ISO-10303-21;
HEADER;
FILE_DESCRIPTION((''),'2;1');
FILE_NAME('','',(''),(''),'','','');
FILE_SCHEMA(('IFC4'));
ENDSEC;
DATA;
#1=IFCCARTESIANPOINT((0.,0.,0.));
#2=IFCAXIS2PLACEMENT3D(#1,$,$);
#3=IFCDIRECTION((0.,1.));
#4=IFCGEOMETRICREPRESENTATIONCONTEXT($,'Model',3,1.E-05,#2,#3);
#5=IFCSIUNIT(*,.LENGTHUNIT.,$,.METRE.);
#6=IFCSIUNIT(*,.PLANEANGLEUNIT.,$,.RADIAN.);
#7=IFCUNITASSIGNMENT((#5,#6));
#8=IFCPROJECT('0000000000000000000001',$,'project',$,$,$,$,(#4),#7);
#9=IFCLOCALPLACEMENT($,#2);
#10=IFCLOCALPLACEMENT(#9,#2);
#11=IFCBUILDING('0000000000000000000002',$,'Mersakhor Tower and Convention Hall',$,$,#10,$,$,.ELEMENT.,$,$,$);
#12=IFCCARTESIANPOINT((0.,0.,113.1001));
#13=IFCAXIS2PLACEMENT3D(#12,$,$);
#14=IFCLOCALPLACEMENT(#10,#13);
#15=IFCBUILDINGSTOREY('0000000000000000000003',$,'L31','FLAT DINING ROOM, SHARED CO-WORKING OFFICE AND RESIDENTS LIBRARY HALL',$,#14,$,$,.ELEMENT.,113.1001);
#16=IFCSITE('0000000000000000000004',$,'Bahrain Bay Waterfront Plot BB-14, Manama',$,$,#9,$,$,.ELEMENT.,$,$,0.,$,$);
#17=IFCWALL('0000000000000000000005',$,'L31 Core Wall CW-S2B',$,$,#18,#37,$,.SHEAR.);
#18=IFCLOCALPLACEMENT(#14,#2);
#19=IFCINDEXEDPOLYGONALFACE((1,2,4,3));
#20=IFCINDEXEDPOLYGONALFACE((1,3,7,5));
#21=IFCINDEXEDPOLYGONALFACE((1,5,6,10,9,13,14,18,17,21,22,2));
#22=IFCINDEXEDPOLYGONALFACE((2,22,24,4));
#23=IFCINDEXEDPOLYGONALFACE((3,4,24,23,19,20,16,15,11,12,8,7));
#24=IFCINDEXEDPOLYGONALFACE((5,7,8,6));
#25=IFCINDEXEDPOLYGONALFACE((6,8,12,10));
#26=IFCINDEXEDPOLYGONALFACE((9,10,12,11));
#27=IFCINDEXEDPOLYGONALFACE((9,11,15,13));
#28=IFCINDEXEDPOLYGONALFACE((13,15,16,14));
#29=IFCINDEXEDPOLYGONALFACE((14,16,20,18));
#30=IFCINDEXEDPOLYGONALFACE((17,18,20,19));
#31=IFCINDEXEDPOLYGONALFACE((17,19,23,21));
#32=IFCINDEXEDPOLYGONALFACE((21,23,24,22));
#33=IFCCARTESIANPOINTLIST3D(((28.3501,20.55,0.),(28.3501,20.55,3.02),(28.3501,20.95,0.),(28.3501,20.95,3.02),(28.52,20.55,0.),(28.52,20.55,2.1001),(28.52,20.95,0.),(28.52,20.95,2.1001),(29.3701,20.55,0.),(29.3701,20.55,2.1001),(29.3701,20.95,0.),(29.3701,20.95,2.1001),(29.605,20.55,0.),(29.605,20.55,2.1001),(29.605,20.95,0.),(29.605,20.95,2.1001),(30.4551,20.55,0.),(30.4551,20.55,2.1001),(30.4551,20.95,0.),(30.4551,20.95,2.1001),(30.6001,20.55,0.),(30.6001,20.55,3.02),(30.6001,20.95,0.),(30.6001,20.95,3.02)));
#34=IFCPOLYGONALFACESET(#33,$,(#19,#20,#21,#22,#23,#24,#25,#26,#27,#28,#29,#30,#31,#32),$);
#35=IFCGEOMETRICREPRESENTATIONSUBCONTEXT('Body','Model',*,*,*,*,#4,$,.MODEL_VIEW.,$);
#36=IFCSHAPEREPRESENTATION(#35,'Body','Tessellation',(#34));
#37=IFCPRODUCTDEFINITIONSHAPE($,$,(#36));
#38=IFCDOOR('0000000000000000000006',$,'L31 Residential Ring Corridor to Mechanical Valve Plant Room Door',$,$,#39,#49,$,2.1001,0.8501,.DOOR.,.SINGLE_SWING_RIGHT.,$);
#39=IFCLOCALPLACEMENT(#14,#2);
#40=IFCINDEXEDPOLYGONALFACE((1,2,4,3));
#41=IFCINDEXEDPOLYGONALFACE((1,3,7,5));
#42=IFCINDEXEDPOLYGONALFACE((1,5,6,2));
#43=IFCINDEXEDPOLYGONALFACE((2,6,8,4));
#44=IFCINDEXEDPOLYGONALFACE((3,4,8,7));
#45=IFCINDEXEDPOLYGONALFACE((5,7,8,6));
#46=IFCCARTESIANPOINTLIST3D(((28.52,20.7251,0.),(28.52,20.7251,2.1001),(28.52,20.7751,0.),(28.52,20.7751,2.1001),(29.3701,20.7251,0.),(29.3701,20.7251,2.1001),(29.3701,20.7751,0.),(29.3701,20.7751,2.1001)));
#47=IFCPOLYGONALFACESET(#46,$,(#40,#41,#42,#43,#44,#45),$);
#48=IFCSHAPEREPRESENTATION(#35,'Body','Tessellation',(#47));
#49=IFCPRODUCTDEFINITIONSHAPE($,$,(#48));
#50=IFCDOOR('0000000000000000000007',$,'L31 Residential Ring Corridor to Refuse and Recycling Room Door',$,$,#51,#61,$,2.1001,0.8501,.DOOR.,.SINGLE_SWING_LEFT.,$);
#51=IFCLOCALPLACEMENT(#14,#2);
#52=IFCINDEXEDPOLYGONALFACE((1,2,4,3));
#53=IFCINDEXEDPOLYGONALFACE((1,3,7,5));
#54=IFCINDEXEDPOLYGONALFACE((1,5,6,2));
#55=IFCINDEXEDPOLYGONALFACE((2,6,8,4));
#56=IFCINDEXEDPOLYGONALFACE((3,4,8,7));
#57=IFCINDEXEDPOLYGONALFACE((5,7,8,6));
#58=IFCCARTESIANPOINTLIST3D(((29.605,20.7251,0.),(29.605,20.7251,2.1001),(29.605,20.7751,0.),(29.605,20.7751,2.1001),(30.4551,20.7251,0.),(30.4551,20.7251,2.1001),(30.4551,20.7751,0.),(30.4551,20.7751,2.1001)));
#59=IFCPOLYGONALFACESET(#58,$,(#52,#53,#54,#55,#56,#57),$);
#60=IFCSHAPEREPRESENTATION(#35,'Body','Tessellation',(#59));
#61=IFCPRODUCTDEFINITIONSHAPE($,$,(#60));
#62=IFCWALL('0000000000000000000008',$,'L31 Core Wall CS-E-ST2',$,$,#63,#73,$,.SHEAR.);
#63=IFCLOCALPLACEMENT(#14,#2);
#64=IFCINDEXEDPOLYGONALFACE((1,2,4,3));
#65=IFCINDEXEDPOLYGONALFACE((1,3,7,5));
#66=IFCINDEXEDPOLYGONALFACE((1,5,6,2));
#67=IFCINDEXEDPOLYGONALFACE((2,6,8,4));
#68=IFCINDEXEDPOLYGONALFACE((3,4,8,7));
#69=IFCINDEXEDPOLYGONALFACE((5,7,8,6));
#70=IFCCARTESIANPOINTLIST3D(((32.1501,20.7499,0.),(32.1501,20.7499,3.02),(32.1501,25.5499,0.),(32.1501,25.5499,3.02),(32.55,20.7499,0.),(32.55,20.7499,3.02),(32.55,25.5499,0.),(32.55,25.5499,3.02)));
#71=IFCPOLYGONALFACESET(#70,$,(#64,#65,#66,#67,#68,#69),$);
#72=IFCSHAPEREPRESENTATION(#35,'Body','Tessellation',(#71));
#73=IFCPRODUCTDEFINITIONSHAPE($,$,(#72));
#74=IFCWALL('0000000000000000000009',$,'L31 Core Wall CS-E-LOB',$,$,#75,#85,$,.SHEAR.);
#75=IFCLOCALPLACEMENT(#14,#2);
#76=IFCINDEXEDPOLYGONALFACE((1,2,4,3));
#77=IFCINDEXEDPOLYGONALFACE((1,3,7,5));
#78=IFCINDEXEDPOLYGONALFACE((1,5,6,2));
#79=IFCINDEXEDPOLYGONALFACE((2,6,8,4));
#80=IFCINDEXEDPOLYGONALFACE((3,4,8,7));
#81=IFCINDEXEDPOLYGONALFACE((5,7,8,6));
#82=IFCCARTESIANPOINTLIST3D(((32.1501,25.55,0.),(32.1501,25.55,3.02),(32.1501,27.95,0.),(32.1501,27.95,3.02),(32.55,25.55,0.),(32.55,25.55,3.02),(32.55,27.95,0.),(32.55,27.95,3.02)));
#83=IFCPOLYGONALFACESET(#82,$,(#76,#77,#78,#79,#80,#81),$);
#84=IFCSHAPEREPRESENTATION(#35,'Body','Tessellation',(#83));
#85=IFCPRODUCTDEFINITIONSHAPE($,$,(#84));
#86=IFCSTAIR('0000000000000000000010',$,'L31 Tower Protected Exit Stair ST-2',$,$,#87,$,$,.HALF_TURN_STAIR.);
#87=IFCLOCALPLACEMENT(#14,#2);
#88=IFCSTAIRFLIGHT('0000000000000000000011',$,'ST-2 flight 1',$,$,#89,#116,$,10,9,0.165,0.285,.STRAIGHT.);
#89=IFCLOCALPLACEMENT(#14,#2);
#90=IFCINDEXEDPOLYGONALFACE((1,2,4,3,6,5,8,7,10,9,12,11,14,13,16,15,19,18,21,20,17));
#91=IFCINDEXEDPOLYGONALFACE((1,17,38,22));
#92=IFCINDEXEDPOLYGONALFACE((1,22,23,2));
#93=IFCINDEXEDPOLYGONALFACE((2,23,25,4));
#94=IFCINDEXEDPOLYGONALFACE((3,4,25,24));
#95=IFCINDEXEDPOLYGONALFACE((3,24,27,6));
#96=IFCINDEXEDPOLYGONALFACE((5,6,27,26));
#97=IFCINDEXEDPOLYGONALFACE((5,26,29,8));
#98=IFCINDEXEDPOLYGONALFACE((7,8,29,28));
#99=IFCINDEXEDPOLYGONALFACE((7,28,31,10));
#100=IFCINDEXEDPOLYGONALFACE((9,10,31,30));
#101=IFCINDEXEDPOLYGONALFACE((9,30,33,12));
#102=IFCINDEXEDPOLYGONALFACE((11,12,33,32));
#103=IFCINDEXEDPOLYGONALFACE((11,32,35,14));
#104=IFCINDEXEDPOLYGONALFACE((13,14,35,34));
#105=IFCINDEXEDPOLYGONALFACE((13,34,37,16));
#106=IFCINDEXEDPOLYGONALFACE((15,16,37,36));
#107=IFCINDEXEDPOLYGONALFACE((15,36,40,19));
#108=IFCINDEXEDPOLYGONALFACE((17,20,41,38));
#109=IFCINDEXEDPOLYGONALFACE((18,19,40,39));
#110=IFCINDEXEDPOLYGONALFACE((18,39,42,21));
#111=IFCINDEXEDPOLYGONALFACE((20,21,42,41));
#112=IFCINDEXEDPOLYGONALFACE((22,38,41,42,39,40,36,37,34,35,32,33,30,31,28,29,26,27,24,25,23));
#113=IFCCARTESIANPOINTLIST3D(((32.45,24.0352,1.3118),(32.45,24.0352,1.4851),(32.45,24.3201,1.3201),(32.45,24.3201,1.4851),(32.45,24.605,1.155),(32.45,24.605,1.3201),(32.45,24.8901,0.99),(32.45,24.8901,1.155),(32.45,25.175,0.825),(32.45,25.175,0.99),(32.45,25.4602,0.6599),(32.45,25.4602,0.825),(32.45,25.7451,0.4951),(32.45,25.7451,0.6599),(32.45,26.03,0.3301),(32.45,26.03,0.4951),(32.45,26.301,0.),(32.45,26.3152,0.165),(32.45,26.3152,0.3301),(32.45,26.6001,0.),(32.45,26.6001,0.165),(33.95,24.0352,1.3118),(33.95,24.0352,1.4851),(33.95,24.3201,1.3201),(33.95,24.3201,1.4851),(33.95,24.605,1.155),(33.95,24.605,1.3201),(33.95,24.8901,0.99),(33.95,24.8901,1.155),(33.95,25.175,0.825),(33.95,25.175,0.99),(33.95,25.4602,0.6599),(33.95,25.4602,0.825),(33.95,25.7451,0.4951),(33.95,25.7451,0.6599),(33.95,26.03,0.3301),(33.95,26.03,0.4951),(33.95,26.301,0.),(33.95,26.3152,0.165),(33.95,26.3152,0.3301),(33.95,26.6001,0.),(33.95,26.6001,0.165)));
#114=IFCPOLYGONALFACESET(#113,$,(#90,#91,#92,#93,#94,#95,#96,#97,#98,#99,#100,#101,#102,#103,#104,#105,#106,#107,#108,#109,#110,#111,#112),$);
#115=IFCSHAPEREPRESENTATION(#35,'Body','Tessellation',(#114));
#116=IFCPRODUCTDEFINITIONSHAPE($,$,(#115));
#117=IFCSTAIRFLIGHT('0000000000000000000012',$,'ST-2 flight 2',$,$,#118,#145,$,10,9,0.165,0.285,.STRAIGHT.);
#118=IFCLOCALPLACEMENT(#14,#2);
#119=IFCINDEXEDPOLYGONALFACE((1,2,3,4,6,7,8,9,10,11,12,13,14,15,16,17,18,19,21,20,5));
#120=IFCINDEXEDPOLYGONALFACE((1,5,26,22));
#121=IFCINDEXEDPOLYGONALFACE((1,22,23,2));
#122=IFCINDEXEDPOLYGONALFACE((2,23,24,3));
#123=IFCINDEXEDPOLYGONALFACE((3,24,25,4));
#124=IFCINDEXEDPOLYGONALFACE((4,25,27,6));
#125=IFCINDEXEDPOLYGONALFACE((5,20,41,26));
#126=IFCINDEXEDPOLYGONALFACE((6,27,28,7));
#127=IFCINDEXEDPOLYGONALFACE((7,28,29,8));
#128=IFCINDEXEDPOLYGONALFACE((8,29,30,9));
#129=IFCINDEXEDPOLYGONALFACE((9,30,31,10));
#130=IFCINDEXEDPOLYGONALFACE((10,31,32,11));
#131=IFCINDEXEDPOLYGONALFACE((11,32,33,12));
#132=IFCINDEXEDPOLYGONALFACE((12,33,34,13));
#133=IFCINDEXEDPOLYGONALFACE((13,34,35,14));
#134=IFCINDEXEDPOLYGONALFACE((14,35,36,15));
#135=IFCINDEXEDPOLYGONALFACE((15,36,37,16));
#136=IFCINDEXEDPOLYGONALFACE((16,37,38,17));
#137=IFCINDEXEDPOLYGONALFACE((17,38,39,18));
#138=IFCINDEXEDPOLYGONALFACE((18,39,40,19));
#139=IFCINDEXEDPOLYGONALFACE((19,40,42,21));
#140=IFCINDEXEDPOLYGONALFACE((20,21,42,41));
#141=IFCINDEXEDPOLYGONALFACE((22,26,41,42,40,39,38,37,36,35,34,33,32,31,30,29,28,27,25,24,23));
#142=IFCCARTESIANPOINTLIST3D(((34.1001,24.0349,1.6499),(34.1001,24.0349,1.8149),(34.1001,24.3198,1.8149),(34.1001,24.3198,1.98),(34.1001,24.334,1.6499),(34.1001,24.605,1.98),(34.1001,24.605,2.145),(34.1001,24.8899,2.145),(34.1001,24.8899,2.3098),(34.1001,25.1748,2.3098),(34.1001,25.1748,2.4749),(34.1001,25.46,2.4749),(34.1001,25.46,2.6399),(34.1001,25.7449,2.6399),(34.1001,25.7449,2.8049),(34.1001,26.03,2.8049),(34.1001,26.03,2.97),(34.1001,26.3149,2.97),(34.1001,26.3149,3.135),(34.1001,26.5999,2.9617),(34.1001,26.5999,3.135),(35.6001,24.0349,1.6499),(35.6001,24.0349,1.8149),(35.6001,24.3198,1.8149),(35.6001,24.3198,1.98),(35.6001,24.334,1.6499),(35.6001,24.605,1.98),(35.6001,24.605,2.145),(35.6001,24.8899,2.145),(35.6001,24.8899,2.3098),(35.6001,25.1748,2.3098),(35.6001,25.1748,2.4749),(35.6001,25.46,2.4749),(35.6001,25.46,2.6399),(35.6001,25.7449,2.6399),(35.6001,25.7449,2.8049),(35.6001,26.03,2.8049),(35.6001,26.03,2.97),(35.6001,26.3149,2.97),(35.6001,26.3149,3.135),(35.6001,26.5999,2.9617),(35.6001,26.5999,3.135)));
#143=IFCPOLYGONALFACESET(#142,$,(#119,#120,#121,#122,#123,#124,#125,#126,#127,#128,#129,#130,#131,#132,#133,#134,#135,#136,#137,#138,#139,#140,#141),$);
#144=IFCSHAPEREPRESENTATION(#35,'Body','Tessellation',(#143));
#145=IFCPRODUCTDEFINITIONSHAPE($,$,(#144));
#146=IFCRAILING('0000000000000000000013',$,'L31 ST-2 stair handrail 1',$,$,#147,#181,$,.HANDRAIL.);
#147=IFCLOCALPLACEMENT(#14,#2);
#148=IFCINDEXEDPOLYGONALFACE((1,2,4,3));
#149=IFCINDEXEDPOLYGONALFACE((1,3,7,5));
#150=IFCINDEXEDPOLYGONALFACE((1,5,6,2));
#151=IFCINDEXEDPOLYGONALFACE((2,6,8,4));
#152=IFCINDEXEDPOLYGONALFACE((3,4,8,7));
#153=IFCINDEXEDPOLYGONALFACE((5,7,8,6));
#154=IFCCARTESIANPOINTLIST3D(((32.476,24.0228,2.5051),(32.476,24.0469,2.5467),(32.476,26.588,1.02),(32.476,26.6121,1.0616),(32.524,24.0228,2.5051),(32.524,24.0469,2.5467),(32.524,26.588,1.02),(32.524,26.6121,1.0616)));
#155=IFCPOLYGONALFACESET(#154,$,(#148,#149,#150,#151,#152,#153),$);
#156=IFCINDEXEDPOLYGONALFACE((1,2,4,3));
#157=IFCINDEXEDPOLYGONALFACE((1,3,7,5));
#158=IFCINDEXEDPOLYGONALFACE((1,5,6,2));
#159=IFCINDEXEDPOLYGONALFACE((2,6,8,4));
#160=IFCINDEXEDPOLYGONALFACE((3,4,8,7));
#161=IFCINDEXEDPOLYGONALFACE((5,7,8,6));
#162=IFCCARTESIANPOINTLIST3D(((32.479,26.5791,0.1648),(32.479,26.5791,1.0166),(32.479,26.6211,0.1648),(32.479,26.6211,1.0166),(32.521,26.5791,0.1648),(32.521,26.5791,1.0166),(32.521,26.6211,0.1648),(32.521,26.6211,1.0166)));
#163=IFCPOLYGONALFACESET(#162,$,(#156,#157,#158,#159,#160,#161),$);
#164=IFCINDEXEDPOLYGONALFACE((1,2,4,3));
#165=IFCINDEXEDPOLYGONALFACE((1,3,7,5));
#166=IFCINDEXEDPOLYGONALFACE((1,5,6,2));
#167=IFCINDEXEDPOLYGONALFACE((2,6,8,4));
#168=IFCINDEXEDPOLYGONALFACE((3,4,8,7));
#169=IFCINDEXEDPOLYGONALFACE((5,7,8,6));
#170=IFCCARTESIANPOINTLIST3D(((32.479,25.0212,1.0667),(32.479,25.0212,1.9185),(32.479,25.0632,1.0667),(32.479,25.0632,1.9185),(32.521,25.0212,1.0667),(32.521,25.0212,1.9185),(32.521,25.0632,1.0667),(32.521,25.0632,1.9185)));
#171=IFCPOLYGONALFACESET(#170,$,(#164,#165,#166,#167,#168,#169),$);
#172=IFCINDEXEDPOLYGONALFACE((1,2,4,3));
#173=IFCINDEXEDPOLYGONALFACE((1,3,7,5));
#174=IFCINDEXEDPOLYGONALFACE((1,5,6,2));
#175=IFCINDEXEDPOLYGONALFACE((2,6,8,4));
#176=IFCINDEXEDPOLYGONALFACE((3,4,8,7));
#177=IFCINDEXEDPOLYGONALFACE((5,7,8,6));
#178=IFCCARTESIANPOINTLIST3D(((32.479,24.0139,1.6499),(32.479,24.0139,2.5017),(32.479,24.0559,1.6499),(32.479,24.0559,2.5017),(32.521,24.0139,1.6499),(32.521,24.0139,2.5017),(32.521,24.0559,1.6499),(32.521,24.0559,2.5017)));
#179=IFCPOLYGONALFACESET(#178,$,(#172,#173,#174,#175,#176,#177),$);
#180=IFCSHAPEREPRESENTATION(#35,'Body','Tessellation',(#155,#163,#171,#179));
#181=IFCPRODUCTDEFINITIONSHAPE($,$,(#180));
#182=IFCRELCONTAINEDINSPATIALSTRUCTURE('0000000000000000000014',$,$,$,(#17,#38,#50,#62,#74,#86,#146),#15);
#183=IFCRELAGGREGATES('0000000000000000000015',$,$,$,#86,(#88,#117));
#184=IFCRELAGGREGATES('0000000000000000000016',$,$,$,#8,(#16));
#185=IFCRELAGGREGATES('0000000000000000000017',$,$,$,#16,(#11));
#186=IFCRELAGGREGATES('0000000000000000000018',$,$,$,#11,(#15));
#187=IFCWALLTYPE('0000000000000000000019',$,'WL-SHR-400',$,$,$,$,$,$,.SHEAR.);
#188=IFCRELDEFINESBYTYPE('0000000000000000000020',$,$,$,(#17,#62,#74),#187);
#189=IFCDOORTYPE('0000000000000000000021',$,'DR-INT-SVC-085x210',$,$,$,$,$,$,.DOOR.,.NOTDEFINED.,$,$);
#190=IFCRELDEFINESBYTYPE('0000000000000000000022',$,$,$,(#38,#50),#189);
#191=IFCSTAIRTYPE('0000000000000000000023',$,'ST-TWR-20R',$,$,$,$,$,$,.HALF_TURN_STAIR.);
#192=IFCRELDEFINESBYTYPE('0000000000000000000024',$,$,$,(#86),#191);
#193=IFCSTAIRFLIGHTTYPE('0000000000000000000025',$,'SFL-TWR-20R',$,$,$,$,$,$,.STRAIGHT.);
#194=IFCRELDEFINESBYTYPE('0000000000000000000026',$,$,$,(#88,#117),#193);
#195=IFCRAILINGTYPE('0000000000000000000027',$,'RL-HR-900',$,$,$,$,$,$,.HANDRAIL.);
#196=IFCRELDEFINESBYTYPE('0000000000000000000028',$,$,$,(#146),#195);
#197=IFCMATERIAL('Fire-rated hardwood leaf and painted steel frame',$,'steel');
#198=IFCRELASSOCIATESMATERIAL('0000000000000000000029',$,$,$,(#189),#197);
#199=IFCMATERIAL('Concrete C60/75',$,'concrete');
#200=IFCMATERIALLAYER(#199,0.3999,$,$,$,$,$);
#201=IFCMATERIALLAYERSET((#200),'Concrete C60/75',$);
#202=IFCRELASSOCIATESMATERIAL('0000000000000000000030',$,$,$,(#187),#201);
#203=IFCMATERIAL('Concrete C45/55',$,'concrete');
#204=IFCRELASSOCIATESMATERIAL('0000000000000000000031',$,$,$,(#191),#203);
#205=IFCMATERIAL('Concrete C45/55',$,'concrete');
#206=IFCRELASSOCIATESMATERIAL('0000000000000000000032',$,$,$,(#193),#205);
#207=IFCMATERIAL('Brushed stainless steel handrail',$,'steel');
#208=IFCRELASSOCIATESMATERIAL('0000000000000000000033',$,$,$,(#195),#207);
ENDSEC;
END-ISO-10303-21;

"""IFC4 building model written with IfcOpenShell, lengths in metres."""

from ifc_helpers import new_model, si_unit, direction, frame, frame_2d, origin, origin_2d, place, context, subcontext, project, spatial, polyline, rectangle, outline, extrude, material, layer, layer_set, type_object, element, fill, aggregate, save


model = new_model("IFC4")

# Units and contexts
model_context = context("Model", 3, precision=1e-05, world=origin(), true_north=direction((0.0, 1.0)))
body_context = subcontext(model_context, "Body", "Model", "MODEL_VIEW")
ifc_project = project(units=[si_unit("LENGTHUNIT", "METRE"), si_unit("PLANEANGLEUNIT", "RADIAN")], contexts=[model_context])

# Site, building, storey
site_placement = place(None, origin())
site = spatial("IfcSite", under=ifc_project, at=site_placement, Name="Bahrain Bay Waterfront Plot BB-14, Manama", CompositionType="ELEMENT", RefElevation=0.0)
building_placement = place(site_placement, origin())
building = spatial("IfcBuilding", under=site, at=building_placement, Name="Mersakhor Tower and Convention Hall", CompositionType="ELEMENT")
storey_placement = place(building_placement, frame((0.0, 0.0, 113.1001)))
storey = spatial("IfcBuildingStorey", under=building, at=storey_placement, Name="L31", Description="FLAT DINING ROOM, SHARED CO-WORKING OFFICE AND RESIDENTS LIBRARY HALL", CompositionType="ELEMENT", Elevation=113.1001)

# Shared definitions
ifc_material_1 = material(Name="Fire-rated hardwood leaf and painted steel frame", Category="steel")
door_type_1 = type_object("IfcDoorType", Name="DR-INT-SVC-085x210", OperationType="NOTDEFINED", PredefinedType="DOOR", material=ifc_material_1)

# Shared definitions
ifc_material_2 = material(Name="Concrete C60/75", Category="concrete")
ifc_layer_1 = layer(ifc_material_2, 0.3999)
ifc_layer_set_1 = layer_set([ifc_layer_1], Name="Concrete C60/75")
wall_type_1 = type_object("IfcWallType", Name="WL-SHR-400", PredefinedType="SHEAR", material=ifc_layer_set_1)

# Wall, openings, doors
wall_1_placement = place(storey_placement, frame((30.6001, 20.75, 0.0), z_axis=(0.0, 0.0, 1.0), x_axis=(-1.0, 0.0, 0.0)))
wall_1 = element("IfcWall", 1, at=wall_1_placement, inside=storey, type_object=wall_type_1, Name="L31 Core Wall CW-S2B", PredefinedType="SHEAR", context=body_context, shape_type="SweptSolid", body=[
    extrude(rectangle(XDim=2.25, YDim=0.3999, at=frame_2d((1.125, 0.0))), origin(), (0.0, 0.0, 1.0), 3.02),
])
opening_1_placement = place(wall_1_placement, frame((1.23, 0.0, 0.0)))
opening_1 = element("IfcOpeningElement", 2, at=opening_1_placement, cuts=wall_1, PredefinedType="OPENING", context=body_context, shape_type="SweptSolid", body=[
    extrude(rectangle(XDim=0.8501, YDim=2.1001, at=frame_2d((0.425, 1.05))), frame((0.0, 0.21, 0.0), z_axis=(0.0, -1.0, 0.0), x_axis=(1.0, 0.0, 0.0)), (0.0, 0.0, 1.0), 0.4199),
])
opening_2_placement = place(wall_1_placement, frame((0.145, 0.0, 0.0)))
opening_2 = element("IfcOpeningElement", 3, at=opening_2_placement, cuts=wall_1, PredefinedType="OPENING", context=body_context, shape_type="SweptSolid", body=[
    extrude(rectangle(XDim=0.8501, YDim=2.1001, at=frame_2d((0.425, 1.05))), frame((0.0, 0.21, 0.0), z_axis=(0.0, -1.0, 0.0), x_axis=(1.0, 0.0, 0.0)), (0.0, 0.0, 1.0), 0.4199),
])
door_1_placement = place(opening_1_placement, origin())
door_1 = element("IfcDoor", 4, at=door_1_placement, inside=storey, type_object=door_type_1, Name="L31 Residential Ring Corridor to Mechanical Valve Plant Room Door", OperationType="SINGLE_SWING_RIGHT", OverallHeight=2.1001, OverallWidth=0.8501, PredefinedType="DOOR", context=body_context, shape_type="SweptSolid", body=[
    extrude(rectangle(XDim=0.8501, YDim=2.1001, at=frame_2d((0.425, 1.05))), frame((0.0, 0.0249, 0.0), z_axis=(0.0, -1.0, 0.0), x_axis=(1.0, 0.0, 0.0)), (0.0, 0.0, 1.0), 0.05),
])
fill(opening_1, door_1)
door_2_placement = place(opening_2_placement, origin())
door_2 = element("IfcDoor", 5, at=door_2_placement, inside=storey, type_object=door_type_1, Name="L31 Residential Ring Corridor to Refuse and Recycling Room Door", OperationType="SINGLE_SWING_LEFT", OverallHeight=2.1001, OverallWidth=0.8501, PredefinedType="DOOR", context=body_context, shape_type="SweptSolid", body=[
    extrude(rectangle(XDim=0.8501, YDim=2.1001, at=frame_2d((0.425, 1.05))), frame((0.0, 0.0249, 0.0), z_axis=(0.0, -1.0, 0.0), x_axis=(1.0, 0.0, 0.0)), (0.0, 0.0, 1.0), 0.05),
])
fill(opening_2, door_2)

# Walls
wall_2_placement = place(storey_placement, frame((32.3501, 20.75, 0.0), z_axis=(0.0, 0.0, 1.0), x_axis=(0.0, 1.0, 0.0)))
element("IfcWall", 6, at=wall_2_placement, inside=storey, type_object=wall_type_1, Name="L31 Core Wall CS-E-ST2", PredefinedType="SHEAR", context=body_context, shape_type="SweptSolid", body=[
    extrude(rectangle(XDim=4.8, YDim=0.3999, at=frame_2d((2.3999, 0.0))), origin(), (0.0, 0.0, 1.0), 3.02),
])
wall_3_placement = place(storey_placement, frame((32.3501, 25.55, 0.0), z_axis=(0.0, 0.0, 1.0), x_axis=(0.0, 1.0, 0.0)))
element("IfcWall", 7, at=wall_3_placement, inside=storey, type_object=wall_type_1, Name="L31 Core Wall CS-E-LOB", PredefinedType="SHEAR", context=body_context, shape_type="SweptSolid", body=[
    extrude(rectangle(XDim=2.3999, YDim=0.3999, at=frame_2d((1.2, 0.0))), origin(), (0.0, 0.0, 1.0), 3.02),
])

# Stair, stair flights
ifc_material_3 = material(Name="Concrete C45/55", Category="concrete")
stair_type = type_object("IfcStairType", Name="ST-TWR-20R", PredefinedType="HALF_TURN_STAIR", material=ifc_material_3)
stair_placement = place(storey_placement, origin())
stair = element("IfcStair", 8, at=stair_placement, inside=storey, type_object=stair_type, Name="L31 Tower Protected Exit Stair ST-2", PredefinedType="HALF_TURN_STAIR")
ifc_material_4 = material(Name="Concrete C45/55", Category="concrete")
stair_flight_type = type_object("IfcStairFlightType", Name="SFL-TWR-20R", PredefinedType="STRAIGHT", material=ifc_material_4)
stair_flight_1_placement = place(storey_placement, frame((33.2, 26.6001, 0.0), z_axis=(0.0, 0.0, 1.0), x_axis=(0.0, -1.0, 0.0)))
stair_flight_1 = element("IfcStairFlight", 9, at=stair_flight_1_placement, type_object=stair_flight_type, Name="ST-2 flight 1", NumberOfRisers=10, NumberOfTreads=9, PredefinedType="STRAIGHT", RiserHeight=0.165, TreadLength=0.285, context=body_context, shape_type="SweptSolid", body=[
    extrude(outline(polyline([(0.0, 0.0), (0.0, 0.165), (0.2849, 0.165), (0.2849, 0.3301), (0.5701, 0.3301), (0.5701, 0.4951), (0.855, 0.4951), (0.855, 0.6599), (1.1399, 0.6599), (1.1399, 0.825), (1.425, 0.825), (1.425, 0.99), (1.71, 0.99), (1.71, 1.155), (1.9951, 1.155), (1.9951, 1.3201), (2.28, 1.3201), (2.28, 1.4851), (2.5649, 1.4851), (2.5649, 1.6499), (2.5649, 1.3118), (0.2991, 0.0), (0.0, 0.0)])), frame((0.0, 0.75, 0.0), z_axis=(0.0, -1.0, 0.0), x_axis=(1.0, 0.0, 0.0)), (0.0, 0.0, 1.0), 1.5),
])
stair_flight_2_placement = place(storey_placement, frame((34.8501, 24.0349, 1.6499), z_axis=(0.0, 0.0, 1.0), x_axis=(0.0, 1.0, 0.0)))
stair_flight_2 = element("IfcStairFlight", 10, at=stair_flight_2_placement, type_object=stair_flight_type, Name="ST-2 flight 2", NumberOfRisers=10, NumberOfTreads=9, PredefinedType="STRAIGHT", RiserHeight=0.165, TreadLength=0.285, context=body_context, shape_type="SweptSolid", body=[
    extrude(outline(polyline([(0.0, 0.0), (0.0, 0.165), (0.2849, 0.165), (0.2849, 0.3301), (0.5701, 0.3301), (0.5701, 0.4951), (0.855, 0.4951), (0.855, 0.6599), (1.1399, 0.6599), (1.1399, 0.825), (1.425, 0.825), (1.425, 0.99), (1.71, 0.99), (1.71, 1.155), (1.9951, 1.155), (1.9951, 1.3201), (2.28, 1.3201), (2.28, 1.4851), (2.5649, 1.4851), (2.5649, 1.6499), (2.5649, 1.3118), (0.2991, 0.0), (0.0, 0.0)])), frame((0.0, 0.75, 0.0), z_axis=(0.0, -1.0, 0.0), x_axis=(1.0, 0.0, 0.0)), (0.0, 0.0, 1.0), 1.5),
])
aggregate(stair, [stair_flight_1, stair_flight_2])

# Railing
ifc_material_5 = material(Name="Brushed stainless steel handrail", Category="steel")
railing_type_1 = type_object("IfcRailingType", Name="RL-HR-900", PredefinedType="HANDRAIL", material=ifc_material_5)
railing_1_placement = place(storey_placement, frame((32.5, 26.6001, 0.1648)))
element("IfcRailing", 11, at=railing_1_placement, inside=storey, type_object=railing_type_1, Name="L31 ST-2 stair handrail 1", PredefinedType="HANDRAIL", context=body_context, shape_type="SweptSolid", body=[
    extrude(rectangle(XDim=0.0481, YDim=0.0481, at=origin_2d()), frame((0.0, 0.0, 0.876), z_axis=(0.0, -0.865426, 0.501036), x_axis=(1.0, 0.0, 0.0)), (0.0, 0.0, 1.0), 2.9641),
    extrude(rectangle(XDim=0.042, YDim=0.042, at=origin_2d()), origin(), (0.0, 0.0, 1.0), 0.8518),
    extrude(rectangle(XDim=0.042, YDim=0.042, at=origin_2d()), frame((0.0, -1.5579, 0.9019)), (0.0, 0.0, 1.0), 0.8518),
    extrude(rectangle(XDim=0.042, YDim=0.042, at=origin_2d()), frame((0.0, -2.5652, 1.4851)), (0.0, 0.0, 1.0), 0.8518),
])

save(model, "model.ifc")
